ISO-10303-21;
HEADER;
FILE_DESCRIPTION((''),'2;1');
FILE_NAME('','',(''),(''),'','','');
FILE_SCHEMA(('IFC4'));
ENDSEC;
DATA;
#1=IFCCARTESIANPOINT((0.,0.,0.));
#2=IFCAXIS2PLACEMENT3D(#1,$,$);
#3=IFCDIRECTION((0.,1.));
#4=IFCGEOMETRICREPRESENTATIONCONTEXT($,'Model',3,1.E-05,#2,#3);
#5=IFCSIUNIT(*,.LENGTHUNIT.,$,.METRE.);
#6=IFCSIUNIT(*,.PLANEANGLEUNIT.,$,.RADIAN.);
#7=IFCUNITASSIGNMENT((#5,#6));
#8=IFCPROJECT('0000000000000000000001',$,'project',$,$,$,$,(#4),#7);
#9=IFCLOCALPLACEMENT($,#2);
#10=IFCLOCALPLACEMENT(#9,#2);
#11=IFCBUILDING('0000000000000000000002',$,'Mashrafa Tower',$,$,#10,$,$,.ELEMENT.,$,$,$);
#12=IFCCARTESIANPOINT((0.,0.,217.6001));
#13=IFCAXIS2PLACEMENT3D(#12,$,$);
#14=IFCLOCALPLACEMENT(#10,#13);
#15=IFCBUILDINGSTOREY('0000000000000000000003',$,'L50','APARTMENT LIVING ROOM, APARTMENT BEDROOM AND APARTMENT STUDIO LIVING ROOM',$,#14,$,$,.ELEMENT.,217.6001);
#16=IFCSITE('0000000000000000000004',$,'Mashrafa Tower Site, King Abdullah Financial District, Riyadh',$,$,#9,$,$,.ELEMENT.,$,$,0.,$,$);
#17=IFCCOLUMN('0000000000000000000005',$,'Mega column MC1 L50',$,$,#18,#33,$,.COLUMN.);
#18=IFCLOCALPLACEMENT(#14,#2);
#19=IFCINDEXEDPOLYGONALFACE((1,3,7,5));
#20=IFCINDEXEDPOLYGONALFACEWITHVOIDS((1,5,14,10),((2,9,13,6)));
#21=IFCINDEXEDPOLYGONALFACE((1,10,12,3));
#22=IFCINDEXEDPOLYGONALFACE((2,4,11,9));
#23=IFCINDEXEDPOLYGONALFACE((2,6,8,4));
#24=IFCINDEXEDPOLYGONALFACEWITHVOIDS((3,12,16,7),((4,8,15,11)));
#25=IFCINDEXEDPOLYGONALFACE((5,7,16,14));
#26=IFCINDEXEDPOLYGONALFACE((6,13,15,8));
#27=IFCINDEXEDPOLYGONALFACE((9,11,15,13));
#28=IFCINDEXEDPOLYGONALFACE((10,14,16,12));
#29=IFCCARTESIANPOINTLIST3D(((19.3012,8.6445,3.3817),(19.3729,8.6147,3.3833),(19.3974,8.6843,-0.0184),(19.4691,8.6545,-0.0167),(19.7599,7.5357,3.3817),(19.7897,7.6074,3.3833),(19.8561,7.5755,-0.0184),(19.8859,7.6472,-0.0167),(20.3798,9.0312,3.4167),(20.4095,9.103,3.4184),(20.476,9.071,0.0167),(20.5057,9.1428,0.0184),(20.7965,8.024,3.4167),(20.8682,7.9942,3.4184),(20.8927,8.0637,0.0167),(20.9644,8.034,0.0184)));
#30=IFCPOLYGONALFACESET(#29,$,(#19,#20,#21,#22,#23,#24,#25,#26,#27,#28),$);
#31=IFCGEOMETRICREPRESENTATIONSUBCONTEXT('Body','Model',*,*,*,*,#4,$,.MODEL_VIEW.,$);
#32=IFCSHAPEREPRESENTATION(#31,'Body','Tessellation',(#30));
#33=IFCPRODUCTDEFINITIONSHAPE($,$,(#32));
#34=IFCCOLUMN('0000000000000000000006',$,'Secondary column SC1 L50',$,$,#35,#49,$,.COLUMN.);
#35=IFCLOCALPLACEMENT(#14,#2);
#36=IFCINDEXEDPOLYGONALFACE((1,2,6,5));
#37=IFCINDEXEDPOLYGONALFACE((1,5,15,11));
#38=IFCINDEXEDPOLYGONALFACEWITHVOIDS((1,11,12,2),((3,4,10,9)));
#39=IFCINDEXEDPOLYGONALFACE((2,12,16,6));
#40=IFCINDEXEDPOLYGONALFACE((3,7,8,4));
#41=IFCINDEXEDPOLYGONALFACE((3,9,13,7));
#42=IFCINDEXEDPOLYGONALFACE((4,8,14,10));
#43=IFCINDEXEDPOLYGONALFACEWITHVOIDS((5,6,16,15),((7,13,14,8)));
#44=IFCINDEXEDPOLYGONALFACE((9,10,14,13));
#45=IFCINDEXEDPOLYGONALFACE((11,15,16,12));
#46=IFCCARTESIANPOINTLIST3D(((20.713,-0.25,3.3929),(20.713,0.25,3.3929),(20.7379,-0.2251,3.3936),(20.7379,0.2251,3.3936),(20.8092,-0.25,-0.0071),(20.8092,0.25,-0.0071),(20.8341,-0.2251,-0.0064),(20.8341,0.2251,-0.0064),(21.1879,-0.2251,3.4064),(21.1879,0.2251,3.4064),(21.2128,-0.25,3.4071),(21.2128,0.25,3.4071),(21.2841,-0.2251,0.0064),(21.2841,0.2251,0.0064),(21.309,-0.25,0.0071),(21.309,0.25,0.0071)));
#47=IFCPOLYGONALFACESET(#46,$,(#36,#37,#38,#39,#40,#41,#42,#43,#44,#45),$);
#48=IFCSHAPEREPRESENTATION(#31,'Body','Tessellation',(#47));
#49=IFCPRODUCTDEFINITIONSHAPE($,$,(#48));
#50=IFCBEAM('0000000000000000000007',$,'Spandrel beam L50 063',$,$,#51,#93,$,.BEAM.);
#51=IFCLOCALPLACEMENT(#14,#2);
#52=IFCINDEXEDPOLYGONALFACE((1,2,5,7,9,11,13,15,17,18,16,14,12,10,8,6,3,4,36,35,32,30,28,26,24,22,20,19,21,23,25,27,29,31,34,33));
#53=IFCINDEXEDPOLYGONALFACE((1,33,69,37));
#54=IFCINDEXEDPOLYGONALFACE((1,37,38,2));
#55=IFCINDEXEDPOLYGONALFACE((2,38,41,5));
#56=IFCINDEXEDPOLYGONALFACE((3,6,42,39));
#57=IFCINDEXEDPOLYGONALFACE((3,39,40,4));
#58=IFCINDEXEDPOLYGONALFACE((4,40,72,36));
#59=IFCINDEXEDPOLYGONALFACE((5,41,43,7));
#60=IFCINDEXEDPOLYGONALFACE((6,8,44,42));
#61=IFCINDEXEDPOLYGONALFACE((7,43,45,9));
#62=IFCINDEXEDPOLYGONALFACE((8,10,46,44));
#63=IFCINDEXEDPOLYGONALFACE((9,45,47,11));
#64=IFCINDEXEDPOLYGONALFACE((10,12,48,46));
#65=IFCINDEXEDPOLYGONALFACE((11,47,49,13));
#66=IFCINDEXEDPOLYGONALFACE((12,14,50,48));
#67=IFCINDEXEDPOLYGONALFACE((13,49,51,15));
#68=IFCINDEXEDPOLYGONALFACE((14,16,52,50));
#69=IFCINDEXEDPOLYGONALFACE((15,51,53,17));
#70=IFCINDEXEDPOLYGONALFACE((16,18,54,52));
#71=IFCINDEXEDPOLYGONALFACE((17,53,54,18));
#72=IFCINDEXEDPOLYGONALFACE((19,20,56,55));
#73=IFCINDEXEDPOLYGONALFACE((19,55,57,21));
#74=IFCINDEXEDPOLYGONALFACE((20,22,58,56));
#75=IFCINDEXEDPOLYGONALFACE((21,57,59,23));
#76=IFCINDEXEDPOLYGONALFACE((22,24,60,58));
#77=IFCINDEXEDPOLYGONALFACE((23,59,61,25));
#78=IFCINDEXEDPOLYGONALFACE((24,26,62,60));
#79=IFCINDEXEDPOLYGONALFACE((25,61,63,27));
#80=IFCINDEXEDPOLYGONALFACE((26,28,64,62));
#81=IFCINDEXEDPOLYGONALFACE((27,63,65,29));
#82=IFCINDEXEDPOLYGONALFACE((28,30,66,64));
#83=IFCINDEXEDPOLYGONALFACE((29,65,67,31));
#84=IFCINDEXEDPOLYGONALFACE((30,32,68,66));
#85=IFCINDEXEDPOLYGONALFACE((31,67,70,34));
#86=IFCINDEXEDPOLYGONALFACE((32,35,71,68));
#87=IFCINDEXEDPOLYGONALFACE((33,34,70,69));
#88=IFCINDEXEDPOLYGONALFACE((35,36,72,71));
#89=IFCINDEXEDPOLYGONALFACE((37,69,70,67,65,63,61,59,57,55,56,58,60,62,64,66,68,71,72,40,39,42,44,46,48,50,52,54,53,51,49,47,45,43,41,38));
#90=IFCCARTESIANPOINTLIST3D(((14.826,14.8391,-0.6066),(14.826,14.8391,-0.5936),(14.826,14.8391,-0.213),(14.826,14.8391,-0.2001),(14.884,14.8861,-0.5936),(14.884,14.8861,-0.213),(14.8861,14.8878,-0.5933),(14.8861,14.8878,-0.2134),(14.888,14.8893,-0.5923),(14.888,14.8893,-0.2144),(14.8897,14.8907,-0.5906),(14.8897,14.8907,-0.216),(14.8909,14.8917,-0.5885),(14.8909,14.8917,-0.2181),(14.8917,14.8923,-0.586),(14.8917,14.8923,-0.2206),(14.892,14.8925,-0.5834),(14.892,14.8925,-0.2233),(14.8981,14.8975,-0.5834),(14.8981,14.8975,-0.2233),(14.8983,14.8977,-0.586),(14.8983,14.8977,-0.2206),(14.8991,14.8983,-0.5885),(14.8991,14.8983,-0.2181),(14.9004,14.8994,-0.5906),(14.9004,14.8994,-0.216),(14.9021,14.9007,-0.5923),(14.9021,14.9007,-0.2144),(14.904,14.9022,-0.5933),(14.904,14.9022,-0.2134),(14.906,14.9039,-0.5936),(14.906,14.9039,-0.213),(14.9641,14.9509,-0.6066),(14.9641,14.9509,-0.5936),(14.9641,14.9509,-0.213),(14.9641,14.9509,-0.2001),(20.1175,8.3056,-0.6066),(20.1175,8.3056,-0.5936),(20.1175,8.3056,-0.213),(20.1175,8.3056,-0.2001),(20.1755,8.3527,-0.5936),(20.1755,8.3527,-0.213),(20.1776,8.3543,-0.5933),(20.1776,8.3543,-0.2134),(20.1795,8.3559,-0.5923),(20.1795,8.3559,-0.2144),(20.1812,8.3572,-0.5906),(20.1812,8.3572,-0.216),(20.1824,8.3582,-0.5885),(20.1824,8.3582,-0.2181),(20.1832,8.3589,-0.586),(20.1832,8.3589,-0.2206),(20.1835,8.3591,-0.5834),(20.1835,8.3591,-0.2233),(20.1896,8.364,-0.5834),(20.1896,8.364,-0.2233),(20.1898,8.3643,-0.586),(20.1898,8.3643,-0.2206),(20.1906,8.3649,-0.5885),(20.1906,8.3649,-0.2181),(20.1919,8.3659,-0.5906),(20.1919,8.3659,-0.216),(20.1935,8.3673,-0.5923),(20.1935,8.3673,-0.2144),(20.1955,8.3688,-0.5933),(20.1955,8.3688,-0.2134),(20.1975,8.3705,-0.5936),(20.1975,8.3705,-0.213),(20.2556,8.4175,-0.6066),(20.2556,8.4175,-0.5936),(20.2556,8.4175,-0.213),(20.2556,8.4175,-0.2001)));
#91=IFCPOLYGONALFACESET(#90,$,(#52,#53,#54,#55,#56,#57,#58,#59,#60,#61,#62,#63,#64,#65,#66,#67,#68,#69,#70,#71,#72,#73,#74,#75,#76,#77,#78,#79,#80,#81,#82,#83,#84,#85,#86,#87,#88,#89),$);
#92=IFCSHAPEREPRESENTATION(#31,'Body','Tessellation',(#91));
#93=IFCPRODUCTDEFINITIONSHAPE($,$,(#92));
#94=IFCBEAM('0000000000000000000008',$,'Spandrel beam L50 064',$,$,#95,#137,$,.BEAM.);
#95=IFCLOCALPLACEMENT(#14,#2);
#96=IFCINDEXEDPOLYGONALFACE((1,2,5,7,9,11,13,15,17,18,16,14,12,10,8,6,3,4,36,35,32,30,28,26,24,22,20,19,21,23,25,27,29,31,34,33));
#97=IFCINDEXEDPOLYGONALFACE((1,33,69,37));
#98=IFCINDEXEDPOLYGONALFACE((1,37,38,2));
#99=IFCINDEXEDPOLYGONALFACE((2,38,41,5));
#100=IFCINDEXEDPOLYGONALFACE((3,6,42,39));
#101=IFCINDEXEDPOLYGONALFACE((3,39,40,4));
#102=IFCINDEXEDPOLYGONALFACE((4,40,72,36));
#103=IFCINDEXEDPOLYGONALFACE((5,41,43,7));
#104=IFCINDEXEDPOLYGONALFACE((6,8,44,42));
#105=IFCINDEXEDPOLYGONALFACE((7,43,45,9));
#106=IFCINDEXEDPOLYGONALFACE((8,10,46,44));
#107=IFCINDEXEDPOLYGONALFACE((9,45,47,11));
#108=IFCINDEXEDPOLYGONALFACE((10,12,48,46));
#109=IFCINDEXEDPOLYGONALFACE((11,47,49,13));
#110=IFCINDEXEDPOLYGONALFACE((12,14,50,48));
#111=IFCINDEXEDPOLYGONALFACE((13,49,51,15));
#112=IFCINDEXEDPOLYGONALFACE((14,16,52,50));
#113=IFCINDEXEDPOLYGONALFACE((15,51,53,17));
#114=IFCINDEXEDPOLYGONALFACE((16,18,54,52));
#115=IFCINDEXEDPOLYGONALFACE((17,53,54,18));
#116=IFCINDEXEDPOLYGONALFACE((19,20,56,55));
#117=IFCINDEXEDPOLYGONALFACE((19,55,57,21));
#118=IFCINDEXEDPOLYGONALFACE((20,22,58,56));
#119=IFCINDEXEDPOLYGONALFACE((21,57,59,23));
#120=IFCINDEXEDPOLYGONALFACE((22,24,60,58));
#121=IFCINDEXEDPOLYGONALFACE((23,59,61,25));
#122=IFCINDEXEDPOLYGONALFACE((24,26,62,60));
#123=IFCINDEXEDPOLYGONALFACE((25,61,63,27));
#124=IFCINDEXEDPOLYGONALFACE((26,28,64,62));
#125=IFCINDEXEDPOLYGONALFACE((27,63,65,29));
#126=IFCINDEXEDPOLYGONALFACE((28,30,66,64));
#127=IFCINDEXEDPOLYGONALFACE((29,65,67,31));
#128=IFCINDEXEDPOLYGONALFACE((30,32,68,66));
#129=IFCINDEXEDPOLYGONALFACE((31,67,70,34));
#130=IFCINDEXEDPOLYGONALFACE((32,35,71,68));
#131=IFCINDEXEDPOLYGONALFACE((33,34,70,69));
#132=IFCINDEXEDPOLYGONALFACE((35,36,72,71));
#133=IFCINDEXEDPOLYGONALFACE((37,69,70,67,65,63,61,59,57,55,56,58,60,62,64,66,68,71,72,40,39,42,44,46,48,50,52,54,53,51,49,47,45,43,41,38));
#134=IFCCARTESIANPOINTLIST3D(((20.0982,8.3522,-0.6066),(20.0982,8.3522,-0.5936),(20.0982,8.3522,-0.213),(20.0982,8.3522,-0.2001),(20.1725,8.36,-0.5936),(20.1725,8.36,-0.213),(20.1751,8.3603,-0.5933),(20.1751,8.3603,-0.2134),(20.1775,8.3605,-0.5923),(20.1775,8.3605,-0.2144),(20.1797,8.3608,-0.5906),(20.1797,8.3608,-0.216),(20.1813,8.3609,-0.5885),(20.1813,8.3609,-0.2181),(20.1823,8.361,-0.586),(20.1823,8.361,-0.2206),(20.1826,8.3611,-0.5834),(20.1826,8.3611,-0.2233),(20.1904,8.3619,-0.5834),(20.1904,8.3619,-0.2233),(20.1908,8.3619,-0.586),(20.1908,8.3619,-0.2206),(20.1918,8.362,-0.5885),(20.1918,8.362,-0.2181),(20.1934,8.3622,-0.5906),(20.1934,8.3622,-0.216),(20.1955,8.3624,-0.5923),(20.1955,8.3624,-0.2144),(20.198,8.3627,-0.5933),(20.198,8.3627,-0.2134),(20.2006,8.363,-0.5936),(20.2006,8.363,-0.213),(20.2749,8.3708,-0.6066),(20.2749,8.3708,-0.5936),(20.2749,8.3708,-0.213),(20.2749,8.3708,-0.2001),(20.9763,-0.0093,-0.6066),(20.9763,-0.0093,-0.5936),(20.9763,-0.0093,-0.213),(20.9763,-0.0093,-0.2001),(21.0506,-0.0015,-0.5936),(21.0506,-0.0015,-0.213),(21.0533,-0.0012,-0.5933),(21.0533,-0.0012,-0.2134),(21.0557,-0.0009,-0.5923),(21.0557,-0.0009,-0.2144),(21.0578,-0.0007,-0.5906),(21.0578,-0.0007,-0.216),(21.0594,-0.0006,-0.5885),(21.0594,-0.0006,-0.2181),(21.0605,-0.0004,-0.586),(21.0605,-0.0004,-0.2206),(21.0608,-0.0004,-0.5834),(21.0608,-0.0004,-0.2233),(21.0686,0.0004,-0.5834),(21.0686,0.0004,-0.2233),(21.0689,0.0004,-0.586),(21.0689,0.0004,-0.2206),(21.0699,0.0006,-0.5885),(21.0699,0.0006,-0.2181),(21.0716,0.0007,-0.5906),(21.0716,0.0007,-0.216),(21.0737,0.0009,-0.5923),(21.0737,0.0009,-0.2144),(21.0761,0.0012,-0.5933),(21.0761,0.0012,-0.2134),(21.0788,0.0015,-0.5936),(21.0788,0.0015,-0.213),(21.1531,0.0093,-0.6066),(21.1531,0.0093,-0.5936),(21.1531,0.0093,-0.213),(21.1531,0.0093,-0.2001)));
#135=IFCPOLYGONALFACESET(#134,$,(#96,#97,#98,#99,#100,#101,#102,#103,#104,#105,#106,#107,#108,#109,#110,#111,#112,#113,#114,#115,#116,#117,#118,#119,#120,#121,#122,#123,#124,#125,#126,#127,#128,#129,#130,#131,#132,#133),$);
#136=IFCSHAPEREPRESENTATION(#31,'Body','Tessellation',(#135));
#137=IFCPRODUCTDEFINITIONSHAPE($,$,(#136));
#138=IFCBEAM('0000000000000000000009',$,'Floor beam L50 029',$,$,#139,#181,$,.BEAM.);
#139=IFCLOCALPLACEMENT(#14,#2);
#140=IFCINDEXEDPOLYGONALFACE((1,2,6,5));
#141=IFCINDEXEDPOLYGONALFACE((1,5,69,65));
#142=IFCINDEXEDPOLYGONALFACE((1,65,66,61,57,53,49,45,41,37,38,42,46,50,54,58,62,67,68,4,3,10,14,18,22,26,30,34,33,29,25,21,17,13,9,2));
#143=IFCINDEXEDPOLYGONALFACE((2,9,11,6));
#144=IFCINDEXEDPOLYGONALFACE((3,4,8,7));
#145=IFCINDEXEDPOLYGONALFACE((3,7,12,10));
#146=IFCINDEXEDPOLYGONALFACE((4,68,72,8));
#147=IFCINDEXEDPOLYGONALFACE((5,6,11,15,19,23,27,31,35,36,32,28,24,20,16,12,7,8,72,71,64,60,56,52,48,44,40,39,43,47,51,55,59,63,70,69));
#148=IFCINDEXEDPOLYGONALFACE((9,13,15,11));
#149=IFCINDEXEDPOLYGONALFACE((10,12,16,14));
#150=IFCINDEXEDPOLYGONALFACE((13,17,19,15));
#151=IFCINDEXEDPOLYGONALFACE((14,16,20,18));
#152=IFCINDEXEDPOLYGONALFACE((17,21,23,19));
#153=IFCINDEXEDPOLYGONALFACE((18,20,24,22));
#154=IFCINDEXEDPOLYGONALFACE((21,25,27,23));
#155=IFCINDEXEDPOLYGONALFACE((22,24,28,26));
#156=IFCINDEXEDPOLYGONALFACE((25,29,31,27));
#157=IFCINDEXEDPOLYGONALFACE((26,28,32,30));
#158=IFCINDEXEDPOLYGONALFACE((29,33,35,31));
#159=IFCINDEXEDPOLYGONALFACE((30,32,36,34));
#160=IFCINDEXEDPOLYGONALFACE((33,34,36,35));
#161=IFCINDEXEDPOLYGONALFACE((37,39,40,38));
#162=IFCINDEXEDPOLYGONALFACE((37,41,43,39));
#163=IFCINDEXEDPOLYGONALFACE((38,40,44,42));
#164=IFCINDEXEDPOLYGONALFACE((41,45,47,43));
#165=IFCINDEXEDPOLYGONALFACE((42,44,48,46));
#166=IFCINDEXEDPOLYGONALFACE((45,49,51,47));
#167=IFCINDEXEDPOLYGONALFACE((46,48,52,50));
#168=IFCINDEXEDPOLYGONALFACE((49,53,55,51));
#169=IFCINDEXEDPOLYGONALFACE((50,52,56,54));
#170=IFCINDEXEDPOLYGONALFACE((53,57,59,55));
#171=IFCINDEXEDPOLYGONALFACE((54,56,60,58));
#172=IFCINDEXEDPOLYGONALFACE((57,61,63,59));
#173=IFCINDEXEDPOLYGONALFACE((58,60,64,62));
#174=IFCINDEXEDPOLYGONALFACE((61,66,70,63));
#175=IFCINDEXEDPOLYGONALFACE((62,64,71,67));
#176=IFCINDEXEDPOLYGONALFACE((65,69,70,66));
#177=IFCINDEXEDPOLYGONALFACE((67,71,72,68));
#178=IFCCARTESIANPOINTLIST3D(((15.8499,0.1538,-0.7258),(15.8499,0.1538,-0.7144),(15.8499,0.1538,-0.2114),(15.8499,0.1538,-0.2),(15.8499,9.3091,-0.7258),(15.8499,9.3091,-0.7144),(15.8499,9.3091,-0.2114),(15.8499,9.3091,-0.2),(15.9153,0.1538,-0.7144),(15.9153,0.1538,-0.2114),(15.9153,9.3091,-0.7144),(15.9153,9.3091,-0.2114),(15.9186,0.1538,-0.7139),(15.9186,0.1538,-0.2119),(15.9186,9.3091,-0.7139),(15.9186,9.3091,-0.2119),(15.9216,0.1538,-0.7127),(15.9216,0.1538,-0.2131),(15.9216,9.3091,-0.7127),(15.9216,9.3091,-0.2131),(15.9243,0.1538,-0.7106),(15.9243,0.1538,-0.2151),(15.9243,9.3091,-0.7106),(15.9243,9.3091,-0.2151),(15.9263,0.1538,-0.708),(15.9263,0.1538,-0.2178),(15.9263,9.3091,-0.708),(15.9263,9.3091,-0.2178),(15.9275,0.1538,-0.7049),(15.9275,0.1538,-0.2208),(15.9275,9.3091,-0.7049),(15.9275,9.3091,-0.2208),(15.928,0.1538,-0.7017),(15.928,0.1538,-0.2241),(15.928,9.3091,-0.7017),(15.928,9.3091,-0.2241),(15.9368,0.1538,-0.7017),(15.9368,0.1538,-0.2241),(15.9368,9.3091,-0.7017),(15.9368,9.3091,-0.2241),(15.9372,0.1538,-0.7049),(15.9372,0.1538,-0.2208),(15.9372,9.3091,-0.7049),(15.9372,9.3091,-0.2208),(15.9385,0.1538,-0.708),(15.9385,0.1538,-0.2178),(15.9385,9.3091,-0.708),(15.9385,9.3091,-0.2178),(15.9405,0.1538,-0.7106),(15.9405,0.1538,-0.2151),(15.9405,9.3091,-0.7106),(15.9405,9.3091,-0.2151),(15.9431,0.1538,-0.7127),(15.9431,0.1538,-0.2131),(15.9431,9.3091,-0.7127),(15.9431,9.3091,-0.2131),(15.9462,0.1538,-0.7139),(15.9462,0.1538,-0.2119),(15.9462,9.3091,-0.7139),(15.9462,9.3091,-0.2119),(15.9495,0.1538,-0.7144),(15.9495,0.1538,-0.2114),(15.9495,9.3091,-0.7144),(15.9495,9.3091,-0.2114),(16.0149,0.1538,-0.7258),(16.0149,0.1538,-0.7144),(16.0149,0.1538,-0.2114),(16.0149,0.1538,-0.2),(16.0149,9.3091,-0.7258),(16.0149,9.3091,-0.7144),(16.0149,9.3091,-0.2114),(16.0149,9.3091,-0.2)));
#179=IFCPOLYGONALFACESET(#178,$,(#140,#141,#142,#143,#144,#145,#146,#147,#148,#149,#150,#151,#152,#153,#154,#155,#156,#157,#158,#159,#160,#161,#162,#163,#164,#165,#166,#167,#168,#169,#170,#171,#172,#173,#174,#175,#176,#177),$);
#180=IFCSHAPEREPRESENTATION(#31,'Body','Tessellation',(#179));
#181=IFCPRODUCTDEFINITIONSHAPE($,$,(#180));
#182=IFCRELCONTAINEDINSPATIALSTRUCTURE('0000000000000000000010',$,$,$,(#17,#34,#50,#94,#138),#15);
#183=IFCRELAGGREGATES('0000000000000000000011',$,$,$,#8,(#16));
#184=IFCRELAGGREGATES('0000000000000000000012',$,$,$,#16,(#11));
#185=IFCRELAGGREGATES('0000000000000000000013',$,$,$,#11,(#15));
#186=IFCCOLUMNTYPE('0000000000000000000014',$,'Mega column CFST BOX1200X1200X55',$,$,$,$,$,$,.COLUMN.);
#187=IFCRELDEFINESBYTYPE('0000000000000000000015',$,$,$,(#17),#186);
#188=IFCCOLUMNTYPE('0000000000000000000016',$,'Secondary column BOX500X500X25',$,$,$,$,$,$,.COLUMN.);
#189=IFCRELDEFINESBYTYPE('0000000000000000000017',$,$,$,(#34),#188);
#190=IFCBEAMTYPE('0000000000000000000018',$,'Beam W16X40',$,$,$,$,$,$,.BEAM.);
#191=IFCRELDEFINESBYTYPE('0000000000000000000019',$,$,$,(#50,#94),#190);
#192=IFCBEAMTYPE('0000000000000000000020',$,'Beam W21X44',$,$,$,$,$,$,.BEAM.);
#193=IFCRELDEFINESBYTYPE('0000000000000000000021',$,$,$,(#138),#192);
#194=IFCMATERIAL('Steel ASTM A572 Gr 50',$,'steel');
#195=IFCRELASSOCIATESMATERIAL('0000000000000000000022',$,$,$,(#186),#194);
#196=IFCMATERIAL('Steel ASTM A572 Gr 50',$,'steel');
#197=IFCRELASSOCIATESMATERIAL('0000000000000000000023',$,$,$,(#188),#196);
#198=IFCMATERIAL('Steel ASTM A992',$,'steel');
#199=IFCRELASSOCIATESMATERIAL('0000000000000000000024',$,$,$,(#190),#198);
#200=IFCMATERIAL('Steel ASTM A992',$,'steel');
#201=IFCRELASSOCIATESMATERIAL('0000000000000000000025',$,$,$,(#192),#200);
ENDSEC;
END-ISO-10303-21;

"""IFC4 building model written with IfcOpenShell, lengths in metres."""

from ifc_helpers import new_model, si_unit, direction, frame, origin, origin_2d, place, context, subcontext, project, spatial, hollow_rectangle, i_section, extrude, material, material_profile, profile_set, type_object, element, save


model = new_model("IFC4")

# Units and contexts
model_context = context("Model", 3, precision=1e-05, world=origin(), true_north=direction((0.0, 1.0)))
body_context = subcontext(model_context, "Body", "Model", "MODEL_VIEW")
ifc_project = project(units=[si_unit("LENGTHUNIT", "METRE"), si_unit("PLANEANGLEUNIT", "RADIAN")], contexts=[model_context])

# Site, building, storey
site_placement = place(None, origin())
site = spatial("IfcSite", under=ifc_project, at=site_placement, Name="Mashrafa Tower Site, King Abdullah Financial District, Riyadh", CompositionType="ELEMENT", RefElevation=0.0)
building_placement = place(site_placement, origin())
building = spatial("IfcBuilding", under=site, at=building_placement, Name="Mashrafa Tower", CompositionType="ELEMENT")
storey_placement = place(building_placement, frame((0.0, 0.0, 217.6001)))
storey = spatial("IfcBuildingStorey", under=building, at=storey_placement, Name="L50", Description="APARTMENT LIVING ROOM, APARTMENT BEDROOM AND APARTMENT STUDIO LIVING ROOM", CompositionType="ELEMENT", Elevation=217.6001)

# Columns
ifc_material_1 = material(Name="Steel ASTM A572 Gr 50", Category="steel")
ifc_material_profile_1 = material_profile(ifc_material_1, hollow_rectangle(XDim=1.2, YDim=1.2, WallThickness=0.0549, at=origin_2d()), Name="BOX1200X1200X55")
ifc_profile_set_1 = profile_set([ifc_material_profile_1], Name="Steel ASTM A572 Gr 50")
column_type_1 = type_object("IfcColumnType", Name="Mega column CFST BOX1200X1200X55", PredefinedType="COLUMN", material=ifc_profile_set_1)
column_1_placement = place(storey_placement, frame((20.1809, 8.3591, 0.0), z_axis=(-0.028279, -0.011699, 0.999532), x_axis=(0.382283, -0.924045, 0.0)))
element("IfcColumn", 1, at=column_1_placement, inside=storey, type_object=column_type_1, Name="Mega column MC1 L50", PredefinedType="COLUMN", context=body_context, shape_type="SweptSolid", body=[
    extrude(hollow_rectangle(XDim=1.2, YDim=1.2, WallThickness=0.0549, at=origin_2d()), origin(), (0.0, 0.0, 1.0), 3.4016),
])
ifc_material_2 = material(Name="Steel ASTM A572 Gr 50", Category="steel")
ifc_material_profile_2 = material_profile(ifc_material_2, hollow_rectangle(XDim=0.5, YDim=0.5, WallThickness=0.0249, at=origin_2d()), Name="BOX500X500X25")
ifc_profile_set_2 = profile_set([ifc_material_profile_2], Name="Steel ASTM A572 Gr 50")
column_type_2 = type_object("IfcColumnType", Name="Secondary column BOX500X500X25", PredefinedType="COLUMN", material=ifc_profile_set_2)
column_2_placement = place(storey_placement, frame((21.0591, 0.0, 0.0), z_axis=(-0.028281, 0.0, 0.9996), x_axis=(0.0, -1.0, 0.0)))
element("IfcColumn", 2, at=column_2_placement, inside=storey, type_object=column_type_2, Name="Secondary column SC1 L50", PredefinedType="COLUMN", context=body_context, shape_type="SweptSolid", body=[
    extrude(hollow_rectangle(XDim=0.5, YDim=0.5, WallThickness=0.0249, at=origin_2d()), origin(), (0.0, 0.0, 1.0), 3.4014),
])

# Beams
ifc_material_3 = material(Name="Steel ASTM A992", Category="steel")
ifc_material_profile_3 = material_profile(ifc_material_3, i_section(OverallWidth=0.1777, OverallDepth=0.4065, WebThickness=0.0078, FlangeThickness=0.0129, FilletRadius=0.0103, at=origin_2d()), Name="W16X40")
ifc_profile_set_3 = profile_set([ifc_material_profile_3], Name="Steel ASTM A992")
beam_type_1 = type_object("IfcBeamType", Name="Beam W16X40", PredefinedType="BEAM", material=ifc_profile_set_3)
for number, where, z_axis, x_axis, name in (
    (3, (20.1865, 8.3616, -0.4033), (-0.629379, 0.777098, 0.0), (-0.777098, -0.629379, 0.0), "Spandrel beam L50 063"),
    (4, (21.0647, 0.0, -0.4033), (-0.10445, 0.99453, 0.0), (-0.99453, -0.10445, 0.0), "Spandrel beam L50 064"),
):
    element("IfcBeam", number, at=place(storey_placement, frame(where, z_axis=z_axis, x_axis=x_axis)), inside=storey, type_object=beam_type_1, Name=name, PredefinedType="BEAM", context=body_context, shape_type="SweptSolid", body=[
        extrude(i_section(OverallWidth=0.1777, OverallDepth=0.4065, WebThickness=0.0078, FlangeThickness=0.0129, FilletRadius=0.0103, at=origin_2d()), origin(), (0.0, 0.0, 1.0), 8.4075),
    ])
ifc_material_4 = material(Name="Steel ASTM A992", Category="steel")
ifc_material_profile_4 = material_profile(ifc_material_4, i_section(OverallWidth=0.165, OverallDepth=0.5259, WebThickness=0.0088, FlangeThickness=0.0115, FilletRadius=0.0127, at=origin_2d()), Name="W21X44")
ifc_profile_set_4 = profile_set([ifc_material_profile_4], Name="Steel ASTM A992")
beam_type_2 = type_object("IfcBeamType", Name="Beam W21X44", PredefinedType="BEAM", material=ifc_profile_set_4)
beam_1_placement = place(storey_placement, frame((15.9324, 9.3091, -0.4629), z_axis=(0.0, -1.0, 0.0), x_axis=(1.0, 0.0, 0.0)))
element("IfcBeam", 5, at=beam_1_placement, inside=storey, type_object=beam_type_2, Name="Floor beam L50 029", PredefinedType="BEAM", context=body_context, shape_type="SweptSolid", body=[
    extrude(i_section(OverallWidth=0.165, OverallDepth=0.5259, WebThickness=0.0088, FlangeThickness=0.0115, FilletRadius=0.0127, at=origin_2d()), origin(), (0.0, 0.0, 1.0), 9.1553),
])

save(model, "model.ifc")
